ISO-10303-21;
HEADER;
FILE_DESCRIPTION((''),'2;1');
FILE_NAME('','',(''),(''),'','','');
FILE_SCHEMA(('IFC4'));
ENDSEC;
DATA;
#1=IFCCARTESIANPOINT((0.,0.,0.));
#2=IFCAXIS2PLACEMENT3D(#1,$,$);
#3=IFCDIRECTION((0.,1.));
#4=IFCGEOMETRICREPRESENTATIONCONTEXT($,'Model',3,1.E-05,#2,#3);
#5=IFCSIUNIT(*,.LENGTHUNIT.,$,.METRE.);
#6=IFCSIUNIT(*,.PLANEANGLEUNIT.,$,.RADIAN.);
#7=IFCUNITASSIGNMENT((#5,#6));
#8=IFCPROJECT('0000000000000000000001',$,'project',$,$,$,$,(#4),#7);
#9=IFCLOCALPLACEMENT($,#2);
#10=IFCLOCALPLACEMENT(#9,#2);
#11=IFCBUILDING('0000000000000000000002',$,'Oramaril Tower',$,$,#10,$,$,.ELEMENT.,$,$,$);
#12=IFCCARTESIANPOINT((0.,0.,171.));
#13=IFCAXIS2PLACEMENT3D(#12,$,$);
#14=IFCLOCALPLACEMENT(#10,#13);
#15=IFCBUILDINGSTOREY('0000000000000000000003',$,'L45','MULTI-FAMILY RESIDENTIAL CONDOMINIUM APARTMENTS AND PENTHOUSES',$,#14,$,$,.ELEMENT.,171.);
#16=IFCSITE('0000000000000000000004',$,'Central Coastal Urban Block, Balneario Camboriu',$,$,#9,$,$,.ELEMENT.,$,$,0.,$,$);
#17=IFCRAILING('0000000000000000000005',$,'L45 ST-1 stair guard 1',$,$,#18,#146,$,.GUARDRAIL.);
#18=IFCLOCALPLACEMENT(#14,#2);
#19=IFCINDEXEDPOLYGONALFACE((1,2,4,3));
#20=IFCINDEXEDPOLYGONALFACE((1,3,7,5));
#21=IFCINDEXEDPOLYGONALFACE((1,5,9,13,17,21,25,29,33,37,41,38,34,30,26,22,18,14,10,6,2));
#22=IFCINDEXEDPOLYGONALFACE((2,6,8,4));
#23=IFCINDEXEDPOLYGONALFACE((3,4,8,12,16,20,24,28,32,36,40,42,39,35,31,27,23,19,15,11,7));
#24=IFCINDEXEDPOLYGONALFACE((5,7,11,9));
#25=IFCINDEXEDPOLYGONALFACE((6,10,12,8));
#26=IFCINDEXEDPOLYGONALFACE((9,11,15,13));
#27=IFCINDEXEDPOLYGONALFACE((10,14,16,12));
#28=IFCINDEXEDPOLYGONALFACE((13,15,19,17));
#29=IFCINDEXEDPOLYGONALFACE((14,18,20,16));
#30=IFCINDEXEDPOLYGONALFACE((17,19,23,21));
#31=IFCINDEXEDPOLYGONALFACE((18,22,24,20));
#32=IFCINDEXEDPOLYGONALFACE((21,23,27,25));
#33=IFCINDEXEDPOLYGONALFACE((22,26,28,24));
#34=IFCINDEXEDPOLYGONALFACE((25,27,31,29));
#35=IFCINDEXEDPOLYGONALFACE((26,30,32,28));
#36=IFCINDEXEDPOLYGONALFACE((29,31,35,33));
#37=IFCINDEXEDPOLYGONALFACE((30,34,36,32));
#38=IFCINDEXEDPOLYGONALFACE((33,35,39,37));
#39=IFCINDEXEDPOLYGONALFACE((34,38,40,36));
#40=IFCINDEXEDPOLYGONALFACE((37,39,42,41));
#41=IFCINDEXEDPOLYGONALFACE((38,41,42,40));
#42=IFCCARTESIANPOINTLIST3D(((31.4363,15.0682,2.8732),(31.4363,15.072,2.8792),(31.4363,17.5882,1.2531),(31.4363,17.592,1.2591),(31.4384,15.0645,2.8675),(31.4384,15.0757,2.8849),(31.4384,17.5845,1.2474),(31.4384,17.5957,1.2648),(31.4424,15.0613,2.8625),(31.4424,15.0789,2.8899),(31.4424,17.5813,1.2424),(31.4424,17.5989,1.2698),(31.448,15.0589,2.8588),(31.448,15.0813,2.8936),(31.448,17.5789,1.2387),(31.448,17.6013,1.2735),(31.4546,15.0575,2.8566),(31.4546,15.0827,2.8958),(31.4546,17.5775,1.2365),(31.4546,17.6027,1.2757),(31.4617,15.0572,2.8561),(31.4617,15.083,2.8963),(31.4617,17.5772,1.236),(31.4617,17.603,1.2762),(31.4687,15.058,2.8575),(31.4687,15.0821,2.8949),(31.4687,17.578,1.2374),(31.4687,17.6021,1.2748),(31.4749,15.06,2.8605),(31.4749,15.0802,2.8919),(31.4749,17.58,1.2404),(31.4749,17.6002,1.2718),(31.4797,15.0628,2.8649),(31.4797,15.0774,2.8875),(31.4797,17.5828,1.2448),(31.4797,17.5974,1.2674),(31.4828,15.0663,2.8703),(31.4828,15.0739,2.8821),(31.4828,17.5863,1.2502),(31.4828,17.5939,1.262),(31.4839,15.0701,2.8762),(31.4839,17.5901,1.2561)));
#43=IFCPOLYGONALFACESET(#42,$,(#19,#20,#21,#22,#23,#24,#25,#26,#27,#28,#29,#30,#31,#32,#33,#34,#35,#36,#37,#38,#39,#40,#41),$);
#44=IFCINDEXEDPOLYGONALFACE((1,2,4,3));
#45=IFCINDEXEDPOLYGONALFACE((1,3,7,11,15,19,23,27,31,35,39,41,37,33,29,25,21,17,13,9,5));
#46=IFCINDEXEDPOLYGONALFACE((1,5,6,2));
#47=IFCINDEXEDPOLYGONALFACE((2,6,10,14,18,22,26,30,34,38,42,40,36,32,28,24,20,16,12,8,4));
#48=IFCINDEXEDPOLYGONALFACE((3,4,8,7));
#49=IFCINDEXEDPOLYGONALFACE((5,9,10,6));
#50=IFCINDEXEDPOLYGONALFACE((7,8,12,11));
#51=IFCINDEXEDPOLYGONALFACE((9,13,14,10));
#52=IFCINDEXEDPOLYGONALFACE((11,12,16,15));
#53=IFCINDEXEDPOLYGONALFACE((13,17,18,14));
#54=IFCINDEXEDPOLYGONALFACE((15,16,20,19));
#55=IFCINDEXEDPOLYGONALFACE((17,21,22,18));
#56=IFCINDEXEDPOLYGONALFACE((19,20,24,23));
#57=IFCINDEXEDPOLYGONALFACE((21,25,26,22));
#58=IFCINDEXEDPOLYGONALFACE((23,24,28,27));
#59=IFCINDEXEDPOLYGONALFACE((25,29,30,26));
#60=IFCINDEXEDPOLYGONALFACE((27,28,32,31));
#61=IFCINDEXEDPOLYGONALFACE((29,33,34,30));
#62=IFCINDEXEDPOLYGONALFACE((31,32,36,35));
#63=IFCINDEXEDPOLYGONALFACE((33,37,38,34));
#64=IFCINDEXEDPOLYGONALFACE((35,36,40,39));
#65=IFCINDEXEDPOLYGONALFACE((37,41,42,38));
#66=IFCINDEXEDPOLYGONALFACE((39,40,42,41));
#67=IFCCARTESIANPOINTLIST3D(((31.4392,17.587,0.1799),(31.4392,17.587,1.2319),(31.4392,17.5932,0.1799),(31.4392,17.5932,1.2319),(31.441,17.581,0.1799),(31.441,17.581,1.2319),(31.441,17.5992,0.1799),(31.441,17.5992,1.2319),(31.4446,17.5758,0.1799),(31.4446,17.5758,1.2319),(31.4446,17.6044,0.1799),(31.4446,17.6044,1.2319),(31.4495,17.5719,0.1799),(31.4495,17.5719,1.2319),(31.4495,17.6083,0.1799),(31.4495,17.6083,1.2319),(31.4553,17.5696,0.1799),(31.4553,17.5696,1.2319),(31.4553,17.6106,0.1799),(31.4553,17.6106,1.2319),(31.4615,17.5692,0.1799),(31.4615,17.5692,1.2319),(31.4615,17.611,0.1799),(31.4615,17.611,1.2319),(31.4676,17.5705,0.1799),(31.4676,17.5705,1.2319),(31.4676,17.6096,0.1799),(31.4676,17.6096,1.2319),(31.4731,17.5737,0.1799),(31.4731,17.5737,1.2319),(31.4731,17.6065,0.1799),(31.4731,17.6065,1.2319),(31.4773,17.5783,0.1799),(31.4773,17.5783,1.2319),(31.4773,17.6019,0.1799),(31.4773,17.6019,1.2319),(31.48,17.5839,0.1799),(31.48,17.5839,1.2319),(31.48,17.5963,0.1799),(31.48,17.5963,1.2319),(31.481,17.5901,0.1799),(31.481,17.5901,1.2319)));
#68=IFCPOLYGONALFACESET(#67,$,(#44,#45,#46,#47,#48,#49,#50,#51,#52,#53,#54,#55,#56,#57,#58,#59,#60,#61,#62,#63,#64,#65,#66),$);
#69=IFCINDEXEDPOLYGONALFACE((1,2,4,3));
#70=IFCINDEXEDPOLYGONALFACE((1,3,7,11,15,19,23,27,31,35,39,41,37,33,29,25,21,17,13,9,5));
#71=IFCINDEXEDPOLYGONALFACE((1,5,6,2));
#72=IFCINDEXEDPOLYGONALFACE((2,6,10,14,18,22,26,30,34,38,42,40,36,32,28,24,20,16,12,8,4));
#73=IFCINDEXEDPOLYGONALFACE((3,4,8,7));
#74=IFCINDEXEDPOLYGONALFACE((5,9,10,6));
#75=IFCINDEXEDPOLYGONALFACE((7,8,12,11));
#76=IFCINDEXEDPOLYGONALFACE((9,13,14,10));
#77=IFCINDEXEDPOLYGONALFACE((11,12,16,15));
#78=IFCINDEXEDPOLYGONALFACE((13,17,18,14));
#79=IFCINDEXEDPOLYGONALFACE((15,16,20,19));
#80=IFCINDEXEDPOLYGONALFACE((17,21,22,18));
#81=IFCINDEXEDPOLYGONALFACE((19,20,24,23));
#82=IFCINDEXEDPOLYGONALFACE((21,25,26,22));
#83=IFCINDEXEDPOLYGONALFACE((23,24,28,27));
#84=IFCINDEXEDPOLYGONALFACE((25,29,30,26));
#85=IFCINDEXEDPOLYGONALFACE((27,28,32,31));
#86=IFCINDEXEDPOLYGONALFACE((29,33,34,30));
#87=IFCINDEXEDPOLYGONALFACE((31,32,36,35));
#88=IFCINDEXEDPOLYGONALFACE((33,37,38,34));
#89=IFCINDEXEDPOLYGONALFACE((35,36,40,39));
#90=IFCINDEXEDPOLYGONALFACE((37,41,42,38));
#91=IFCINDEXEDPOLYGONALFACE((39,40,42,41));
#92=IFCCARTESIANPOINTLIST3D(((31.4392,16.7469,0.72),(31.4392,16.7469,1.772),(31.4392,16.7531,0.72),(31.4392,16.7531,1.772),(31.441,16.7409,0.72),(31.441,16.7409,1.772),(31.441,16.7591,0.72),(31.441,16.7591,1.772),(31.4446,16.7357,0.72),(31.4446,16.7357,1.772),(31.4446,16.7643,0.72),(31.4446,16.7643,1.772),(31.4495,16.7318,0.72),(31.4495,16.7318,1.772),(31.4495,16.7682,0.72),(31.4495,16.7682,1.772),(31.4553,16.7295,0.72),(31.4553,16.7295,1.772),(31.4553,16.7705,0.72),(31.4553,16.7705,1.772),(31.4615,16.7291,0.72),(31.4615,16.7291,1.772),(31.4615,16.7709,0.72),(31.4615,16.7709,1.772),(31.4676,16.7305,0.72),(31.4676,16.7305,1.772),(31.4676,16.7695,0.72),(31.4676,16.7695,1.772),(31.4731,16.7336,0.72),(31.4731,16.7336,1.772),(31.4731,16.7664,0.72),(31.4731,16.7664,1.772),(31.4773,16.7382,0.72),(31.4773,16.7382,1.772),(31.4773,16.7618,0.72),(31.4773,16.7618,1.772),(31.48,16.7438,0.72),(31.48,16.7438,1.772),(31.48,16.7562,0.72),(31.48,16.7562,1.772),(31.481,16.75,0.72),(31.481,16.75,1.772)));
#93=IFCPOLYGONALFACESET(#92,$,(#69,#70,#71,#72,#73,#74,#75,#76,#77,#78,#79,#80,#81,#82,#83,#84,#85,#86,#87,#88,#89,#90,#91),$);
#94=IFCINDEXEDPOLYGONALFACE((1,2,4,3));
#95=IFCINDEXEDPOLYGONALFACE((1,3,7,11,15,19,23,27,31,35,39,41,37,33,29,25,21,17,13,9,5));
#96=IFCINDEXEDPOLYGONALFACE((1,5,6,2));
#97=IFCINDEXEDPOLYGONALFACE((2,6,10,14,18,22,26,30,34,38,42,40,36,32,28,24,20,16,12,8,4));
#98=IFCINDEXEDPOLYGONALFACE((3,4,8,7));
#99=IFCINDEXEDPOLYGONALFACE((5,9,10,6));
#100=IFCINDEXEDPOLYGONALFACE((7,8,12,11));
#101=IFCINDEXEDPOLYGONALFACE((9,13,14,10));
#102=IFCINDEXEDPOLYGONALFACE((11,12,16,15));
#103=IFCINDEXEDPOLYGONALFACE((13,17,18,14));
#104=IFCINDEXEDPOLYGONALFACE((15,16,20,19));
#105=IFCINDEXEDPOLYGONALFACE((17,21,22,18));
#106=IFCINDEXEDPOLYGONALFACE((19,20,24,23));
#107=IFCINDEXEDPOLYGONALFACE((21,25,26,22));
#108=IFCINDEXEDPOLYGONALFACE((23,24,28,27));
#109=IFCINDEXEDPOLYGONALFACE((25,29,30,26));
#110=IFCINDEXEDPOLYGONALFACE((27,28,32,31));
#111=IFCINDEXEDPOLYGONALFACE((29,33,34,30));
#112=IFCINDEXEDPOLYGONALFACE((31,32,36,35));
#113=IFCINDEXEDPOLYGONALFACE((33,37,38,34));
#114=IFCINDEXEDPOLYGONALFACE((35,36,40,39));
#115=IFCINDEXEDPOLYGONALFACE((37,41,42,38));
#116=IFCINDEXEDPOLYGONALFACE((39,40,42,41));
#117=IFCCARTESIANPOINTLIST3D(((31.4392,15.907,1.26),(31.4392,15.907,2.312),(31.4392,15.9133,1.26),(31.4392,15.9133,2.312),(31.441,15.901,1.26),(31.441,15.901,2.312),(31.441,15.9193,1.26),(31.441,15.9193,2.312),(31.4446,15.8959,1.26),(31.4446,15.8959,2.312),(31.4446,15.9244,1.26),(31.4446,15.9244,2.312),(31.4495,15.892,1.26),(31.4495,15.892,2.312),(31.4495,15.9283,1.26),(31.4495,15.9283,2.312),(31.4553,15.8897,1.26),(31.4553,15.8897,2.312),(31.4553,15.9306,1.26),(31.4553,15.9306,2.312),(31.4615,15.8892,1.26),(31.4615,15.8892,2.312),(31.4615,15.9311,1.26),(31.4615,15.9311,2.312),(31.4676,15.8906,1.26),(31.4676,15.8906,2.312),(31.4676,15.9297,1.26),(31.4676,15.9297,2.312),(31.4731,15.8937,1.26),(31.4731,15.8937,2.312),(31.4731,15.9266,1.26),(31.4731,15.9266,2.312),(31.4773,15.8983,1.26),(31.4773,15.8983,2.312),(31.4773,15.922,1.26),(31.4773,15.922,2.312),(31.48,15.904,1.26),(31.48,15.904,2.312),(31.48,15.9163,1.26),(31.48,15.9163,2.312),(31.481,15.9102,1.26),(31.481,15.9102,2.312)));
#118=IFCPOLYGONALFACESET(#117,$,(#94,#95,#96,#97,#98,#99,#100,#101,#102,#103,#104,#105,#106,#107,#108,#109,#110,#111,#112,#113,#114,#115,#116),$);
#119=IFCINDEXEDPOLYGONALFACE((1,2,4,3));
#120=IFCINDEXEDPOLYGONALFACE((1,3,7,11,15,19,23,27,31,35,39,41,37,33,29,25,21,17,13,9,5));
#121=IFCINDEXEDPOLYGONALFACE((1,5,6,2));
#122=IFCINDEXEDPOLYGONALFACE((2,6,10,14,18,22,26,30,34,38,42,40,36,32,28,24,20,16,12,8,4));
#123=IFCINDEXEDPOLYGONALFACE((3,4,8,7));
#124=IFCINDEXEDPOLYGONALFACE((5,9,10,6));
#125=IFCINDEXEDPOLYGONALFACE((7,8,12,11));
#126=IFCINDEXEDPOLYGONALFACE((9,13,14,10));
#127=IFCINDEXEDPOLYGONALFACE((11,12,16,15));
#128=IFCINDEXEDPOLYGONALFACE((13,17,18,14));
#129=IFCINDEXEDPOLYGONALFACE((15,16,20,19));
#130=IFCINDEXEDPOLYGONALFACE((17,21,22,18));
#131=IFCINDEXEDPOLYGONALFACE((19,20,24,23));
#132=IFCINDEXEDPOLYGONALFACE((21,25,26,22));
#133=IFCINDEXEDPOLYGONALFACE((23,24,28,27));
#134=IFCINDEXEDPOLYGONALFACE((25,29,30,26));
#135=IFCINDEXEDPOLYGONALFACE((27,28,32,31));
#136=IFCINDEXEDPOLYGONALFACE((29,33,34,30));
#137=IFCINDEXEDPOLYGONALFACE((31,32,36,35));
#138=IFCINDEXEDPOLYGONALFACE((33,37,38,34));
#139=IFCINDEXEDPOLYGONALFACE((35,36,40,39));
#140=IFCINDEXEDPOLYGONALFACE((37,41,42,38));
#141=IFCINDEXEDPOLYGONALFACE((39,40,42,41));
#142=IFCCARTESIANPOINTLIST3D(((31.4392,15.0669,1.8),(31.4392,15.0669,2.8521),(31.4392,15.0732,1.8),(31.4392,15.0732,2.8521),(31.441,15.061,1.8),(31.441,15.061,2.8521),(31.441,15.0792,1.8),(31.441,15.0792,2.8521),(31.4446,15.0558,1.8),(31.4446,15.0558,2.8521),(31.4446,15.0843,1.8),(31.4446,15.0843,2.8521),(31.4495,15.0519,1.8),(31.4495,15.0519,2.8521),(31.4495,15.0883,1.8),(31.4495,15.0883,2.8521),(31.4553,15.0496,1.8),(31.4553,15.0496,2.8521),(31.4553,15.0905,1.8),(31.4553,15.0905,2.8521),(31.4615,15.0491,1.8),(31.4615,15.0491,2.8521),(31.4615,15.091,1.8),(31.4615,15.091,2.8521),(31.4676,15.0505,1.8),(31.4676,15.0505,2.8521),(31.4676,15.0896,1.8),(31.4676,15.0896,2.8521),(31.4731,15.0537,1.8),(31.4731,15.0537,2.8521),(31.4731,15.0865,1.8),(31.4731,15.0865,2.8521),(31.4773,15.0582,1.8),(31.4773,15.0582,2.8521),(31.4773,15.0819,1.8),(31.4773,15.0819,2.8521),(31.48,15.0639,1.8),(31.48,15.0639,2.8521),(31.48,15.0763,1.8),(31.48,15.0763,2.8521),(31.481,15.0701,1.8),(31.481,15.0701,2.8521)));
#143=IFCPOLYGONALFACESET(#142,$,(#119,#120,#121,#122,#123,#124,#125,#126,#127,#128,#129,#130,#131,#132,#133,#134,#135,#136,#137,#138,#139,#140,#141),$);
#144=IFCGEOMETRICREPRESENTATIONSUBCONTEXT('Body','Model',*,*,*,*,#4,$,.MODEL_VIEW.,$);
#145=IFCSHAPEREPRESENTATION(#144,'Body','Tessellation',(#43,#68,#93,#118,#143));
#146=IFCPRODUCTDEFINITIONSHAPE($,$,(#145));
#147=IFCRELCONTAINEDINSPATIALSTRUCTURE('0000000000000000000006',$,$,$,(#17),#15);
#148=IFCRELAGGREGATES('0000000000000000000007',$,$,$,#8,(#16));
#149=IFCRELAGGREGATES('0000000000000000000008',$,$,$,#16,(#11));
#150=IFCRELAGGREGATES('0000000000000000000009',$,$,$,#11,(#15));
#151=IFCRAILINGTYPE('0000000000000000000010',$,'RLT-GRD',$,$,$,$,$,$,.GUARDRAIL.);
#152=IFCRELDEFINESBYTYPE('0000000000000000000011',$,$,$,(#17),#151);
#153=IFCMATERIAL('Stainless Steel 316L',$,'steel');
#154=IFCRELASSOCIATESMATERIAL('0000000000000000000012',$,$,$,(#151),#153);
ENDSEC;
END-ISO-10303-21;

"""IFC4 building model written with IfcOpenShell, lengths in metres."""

from ifc_helpers import new_model, si_unit, direction, frame, origin, origin_2d, place, context, subcontext, project, spatial, circle, extrude, material, type_object, element, save


model = new_model("IFC4")

# Units and contexts
model_context = context("Model", 3, precision=1e-05, world=origin(), true_north=direction((0.0, 1.0)))
body_context = subcontext(model_context, "Body", "Model", "MODEL_VIEW")
ifc_project = project(units=[si_unit("LENGTHUNIT", "METRE"), si_unit("PLANEANGLEUNIT", "RADIAN")], contexts=[model_context])

# Site, building, storey
site_placement = place(None, origin())
site = spatial("IfcSite", under=ifc_project, at=site_placement, Name="Central Coastal Urban Block, Balneario Camboriu", CompositionType="ELEMENT", RefElevation=0.0)
building_placement = place(site_placement, origin())
building = spatial("IfcBuilding", under=site, at=building_placement, Name="Oramaril Tower", CompositionType="ELEMENT")
storey_placement = place(building_placement, frame((0.0, 0.0, 171.0)))
storey = spatial("IfcBuildingStorey", under=building, at=storey_placement, Name="L45", Description="MULTI-FAMILY RESIDENTIAL CONDOMINIUM APARTMENTS AND PENTHOUSES", CompositionType="ELEMENT", Elevation=171.0)

# Railing
ifc_material_1 = material(Name="Stainless Steel 316L", Category="steel")
railing_type_1 = type_object("IfcRailingType", Name="RLT-GRD", PredefinedType="GUARDRAIL", material=ifc_material_1)
railing_1_placement = place(storey_placement, frame((31.46, 17.5901, 0.1799)))
element("IfcRailing", 1, at=railing_1_placement, inside=storey, type_object=railing_type_1, Name="L45 ST-1 stair guard 1", PredefinedType="GUARDRAIL", context=body_context, shape_type="SweptSolid", body=[
    extrude(circle(Radius=0.0239, at=origin_2d()), frame((0.0, 0.0, 1.0762), z_axis=(0.0, -0.841163, 0.540782), x_axis=(1.0, 0.0, 0.0)), (0.0, 0.0, 1.0), 2.9958),
    extrude(circle(Radius=0.021, at=origin_2d()), origin(), (0.0, 0.0, 1.0), 1.052),
    extrude(circle(Radius=0.021, at=origin_2d()), frame((0.0, -0.8401, 0.54)), (0.0, 0.0, 1.0), 1.052),
    extrude(circle(Radius=0.021, at=origin_2d()), frame((0.0, -1.6799, 1.0801)), (0.0, 0.0, 1.0), 1.052),
    extrude(circle(Radius=0.021, at=origin_2d()), frame((0.0, -2.52, 1.6201)), (0.0, 0.0, 1.0), 1.052),
])

save(model, "model.ifc")
